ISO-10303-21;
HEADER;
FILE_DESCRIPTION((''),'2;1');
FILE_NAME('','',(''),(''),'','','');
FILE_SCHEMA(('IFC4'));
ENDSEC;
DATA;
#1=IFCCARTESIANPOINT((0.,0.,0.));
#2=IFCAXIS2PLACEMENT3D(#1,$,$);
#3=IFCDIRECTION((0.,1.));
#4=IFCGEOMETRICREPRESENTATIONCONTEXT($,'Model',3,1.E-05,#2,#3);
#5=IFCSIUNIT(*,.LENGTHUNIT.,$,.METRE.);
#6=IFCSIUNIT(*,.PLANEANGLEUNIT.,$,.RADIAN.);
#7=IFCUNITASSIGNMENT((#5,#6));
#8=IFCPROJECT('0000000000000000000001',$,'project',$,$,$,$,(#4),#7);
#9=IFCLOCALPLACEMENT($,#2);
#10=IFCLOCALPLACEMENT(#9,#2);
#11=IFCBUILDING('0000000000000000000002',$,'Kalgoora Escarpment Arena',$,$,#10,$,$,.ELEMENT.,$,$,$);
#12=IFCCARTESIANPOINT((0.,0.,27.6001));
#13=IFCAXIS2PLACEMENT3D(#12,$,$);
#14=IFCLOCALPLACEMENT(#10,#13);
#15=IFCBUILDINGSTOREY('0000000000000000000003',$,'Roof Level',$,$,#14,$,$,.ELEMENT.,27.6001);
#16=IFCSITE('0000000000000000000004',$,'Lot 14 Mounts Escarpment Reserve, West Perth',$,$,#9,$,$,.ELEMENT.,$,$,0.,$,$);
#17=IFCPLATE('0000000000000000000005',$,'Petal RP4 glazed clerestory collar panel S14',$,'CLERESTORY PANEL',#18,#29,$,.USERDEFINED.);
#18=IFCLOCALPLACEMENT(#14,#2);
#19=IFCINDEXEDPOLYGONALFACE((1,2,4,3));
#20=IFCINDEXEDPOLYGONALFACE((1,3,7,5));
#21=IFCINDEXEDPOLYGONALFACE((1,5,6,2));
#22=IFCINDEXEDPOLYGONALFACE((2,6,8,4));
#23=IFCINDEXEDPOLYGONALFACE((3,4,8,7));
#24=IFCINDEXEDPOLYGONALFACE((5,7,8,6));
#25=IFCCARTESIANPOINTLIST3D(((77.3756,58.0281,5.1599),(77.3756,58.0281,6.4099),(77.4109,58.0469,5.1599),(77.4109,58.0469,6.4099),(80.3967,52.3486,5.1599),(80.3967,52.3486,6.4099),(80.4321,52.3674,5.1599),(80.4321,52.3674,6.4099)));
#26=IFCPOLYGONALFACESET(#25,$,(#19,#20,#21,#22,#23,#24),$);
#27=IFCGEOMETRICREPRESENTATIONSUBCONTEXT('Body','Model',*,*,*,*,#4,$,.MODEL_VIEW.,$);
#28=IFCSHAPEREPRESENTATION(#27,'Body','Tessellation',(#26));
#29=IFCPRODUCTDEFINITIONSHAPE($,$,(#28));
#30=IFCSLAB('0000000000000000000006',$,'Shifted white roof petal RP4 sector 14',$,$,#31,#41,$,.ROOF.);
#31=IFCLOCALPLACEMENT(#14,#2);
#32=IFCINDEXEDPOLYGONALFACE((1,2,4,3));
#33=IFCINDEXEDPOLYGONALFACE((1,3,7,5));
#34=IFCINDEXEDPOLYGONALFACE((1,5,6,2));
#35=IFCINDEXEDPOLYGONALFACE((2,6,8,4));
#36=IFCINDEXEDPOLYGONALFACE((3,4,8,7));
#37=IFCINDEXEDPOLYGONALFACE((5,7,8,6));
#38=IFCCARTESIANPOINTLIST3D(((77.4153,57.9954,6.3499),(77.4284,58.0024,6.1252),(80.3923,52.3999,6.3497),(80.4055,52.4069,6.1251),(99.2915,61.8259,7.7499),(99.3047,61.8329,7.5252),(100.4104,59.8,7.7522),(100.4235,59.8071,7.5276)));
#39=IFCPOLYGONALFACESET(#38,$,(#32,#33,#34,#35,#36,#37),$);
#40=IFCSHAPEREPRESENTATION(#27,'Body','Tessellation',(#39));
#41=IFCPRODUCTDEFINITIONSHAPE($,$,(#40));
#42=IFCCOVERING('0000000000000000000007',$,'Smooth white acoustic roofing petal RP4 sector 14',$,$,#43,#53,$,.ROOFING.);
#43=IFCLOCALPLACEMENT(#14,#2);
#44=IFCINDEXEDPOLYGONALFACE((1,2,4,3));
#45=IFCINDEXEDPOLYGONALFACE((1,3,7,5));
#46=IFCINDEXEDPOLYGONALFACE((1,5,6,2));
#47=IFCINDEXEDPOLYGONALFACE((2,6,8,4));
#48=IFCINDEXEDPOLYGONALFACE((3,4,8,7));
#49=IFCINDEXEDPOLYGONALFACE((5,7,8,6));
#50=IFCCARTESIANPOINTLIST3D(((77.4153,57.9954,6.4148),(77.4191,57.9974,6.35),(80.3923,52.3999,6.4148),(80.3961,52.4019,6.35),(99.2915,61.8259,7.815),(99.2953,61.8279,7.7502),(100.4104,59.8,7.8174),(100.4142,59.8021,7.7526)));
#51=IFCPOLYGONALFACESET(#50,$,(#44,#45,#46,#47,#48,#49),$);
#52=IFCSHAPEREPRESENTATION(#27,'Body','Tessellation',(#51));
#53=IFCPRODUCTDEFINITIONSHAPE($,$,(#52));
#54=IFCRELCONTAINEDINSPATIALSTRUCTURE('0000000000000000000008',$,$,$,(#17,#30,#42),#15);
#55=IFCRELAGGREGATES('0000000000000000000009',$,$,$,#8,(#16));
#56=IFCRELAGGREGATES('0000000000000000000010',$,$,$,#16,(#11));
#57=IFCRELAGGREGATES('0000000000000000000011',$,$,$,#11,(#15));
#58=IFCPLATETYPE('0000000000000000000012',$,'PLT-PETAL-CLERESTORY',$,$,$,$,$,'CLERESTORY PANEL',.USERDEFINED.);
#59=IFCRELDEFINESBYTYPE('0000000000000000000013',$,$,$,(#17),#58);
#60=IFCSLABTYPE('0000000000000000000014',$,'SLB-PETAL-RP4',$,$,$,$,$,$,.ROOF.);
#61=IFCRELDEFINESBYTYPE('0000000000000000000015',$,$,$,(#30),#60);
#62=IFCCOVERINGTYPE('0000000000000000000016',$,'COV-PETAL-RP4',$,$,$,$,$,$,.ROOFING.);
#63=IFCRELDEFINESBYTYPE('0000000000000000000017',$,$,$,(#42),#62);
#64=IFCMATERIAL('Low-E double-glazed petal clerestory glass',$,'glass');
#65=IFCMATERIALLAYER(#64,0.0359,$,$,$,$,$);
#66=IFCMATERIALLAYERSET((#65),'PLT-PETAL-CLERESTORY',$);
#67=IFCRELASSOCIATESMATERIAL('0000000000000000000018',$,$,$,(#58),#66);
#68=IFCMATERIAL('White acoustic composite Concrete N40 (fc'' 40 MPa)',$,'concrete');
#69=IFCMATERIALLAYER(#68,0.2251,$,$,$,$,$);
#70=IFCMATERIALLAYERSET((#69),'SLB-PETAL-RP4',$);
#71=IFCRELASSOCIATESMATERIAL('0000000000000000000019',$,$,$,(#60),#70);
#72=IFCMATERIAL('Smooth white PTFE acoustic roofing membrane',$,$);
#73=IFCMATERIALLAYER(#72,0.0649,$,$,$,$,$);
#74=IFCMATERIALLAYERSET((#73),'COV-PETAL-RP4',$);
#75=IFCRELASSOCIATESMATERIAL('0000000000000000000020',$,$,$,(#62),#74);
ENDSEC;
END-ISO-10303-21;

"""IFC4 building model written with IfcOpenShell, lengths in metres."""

from ifc_helpers import new_model, si_unit, direction, frame, origin, origin_2d, place, context, subcontext, project, spatial, polyline, rectangle, outline, extrude, material, layer, layer_set, type_object, element, save


model = new_model("IFC4")

# Units and contexts
model_context = context("Model", 3, precision=1e-05, world=origin(), true_north=direction((0.0, 1.0)))
body_context = subcontext(model_context, "Body", "Model", "MODEL_VIEW")
ifc_project = project(units=[si_unit("LENGTHUNIT", "METRE"), si_unit("PLANEANGLEUNIT", "RADIAN")], contexts=[model_context])

# Site, building, storey
site_placement = place(None, origin())
site = spatial("IfcSite", under=ifc_project, at=site_placement, Name="Lot 14 Mounts Escarpment Reserve, West Perth", CompositionType="ELEMENT", RefElevation=0.0)
building_placement = place(site_placement, origin())
building = spatial("IfcBuilding", under=site, at=building_placement, Name="Kalgoora Escarpment Arena", CompositionType="ELEMENT")
storey_placement = place(building_placement, frame((0.0, 0.0, 27.6001)))
storey = spatial("IfcBuildingStorey", under=building, at=storey_placement, Name="Roof Level", CompositionType="ELEMENT", Elevation=27.6001)

# Plate
ifc_material_1 = material(Name="Low-E double-glazed petal clerestory glass", Category="glass")
ifc_layer_1 = layer(ifc_material_1, 0.0359)
ifc_layer_set_1 = layer_set([ifc_layer_1], Name="PLT-PETAL-CLERESTORY")
plate_type_1 = type_object("IfcPlateType", Name="PLT-PETAL-CLERESTORY", ElementType="CLERESTORY PANEL", PredefinedType="USERDEFINED", material=ifc_layer_set_1)
plate_1_placement = place(storey_placement, frame((78.9038, 55.1978, 5.1599), z_axis=(0.0, 0.0, 1.0), x_axis=(0.469626, -0.882866, 0.0)))
element("IfcPlate", 1, at=plate_1_placement, inside=storey, type_object=plate_type_1, Name="Petal RP4 glazed clerestory collar panel S14", ObjectType="CLERESTORY PANEL", PredefinedType="USERDEFINED", context=body_context, shape_type="SweptSolid", body=[
    extrude(rectangle(XDim=6.4331, YDim=0.04, at=origin_2d()), origin(), (0.0, 0.0, 1.0), 1.25),
])

# Slab
ifc_material_2 = material(Name="White acoustic composite Concrete N40 (fc' 40 MPa)", Category="concrete")
ifc_layer_2 = layer(ifc_material_2, 0.2251)
ifc_layer_set_2 = layer_set([ifc_layer_2], Name="SLB-PETAL-RP4")
slab_type = type_object("IfcSlabType", Name="SLB-PETAL-RP4", PredefinedType="ROOF", material=ifc_layer_set_2)
slab_placement = place(storey_placement, frame((77.4153, 57.9954, 6.3499), z_axis=(-0.05841, -0.031104, 0.997808), x_axis=(0.469706, -0.882823, -0.000024)))
element("IfcSlab", 2, at=slab_placement, inside=storey, type_object=slab_type, Name="Shifted white roof petal RP4 sector 14", PredefinedType="ROOF", context=body_context, shape_type="SweptSolid", body=[
    extrude(outline(polyline([(0.0, 0.0), (6.3381, 0.0), (9.2077, 21.1947), (6.8936, 21.1585), (0.0, 0.0)])), origin(), (0.0, 0.0, -1.0), 0.2251),
])

# Covering
ifc_material_3 = material(Name="Smooth white PTFE acoustic roofing membrane")
ifc_layer_3 = layer(ifc_material_3, 0.0649)
ifc_layer_set_3 = layer_set([ifc_layer_3], Name="COV-PETAL-RP4")
covering_type = type_object("IfcCoveringType", Name="COV-PETAL-RP4", PredefinedType="ROOFING", material=ifc_layer_set_3)
covering_placement = place(storey_placement, frame((77.4153, 57.9954, 6.4148), z_axis=(-0.058422, -0.031078, 0.997808), x_axis=(0.469704, -0.882824, 0.000004)))
element("IfcCovering", 3, at=covering_placement, inside=storey, type_object=covering_type, Name="Smooth white acoustic roofing petal RP4 sector 14", PredefinedType="ROOFING", context=body_context, shape_type="SweptSolid", body=[
    extrude(outline(polyline([(0.0, 0.0), (6.3381, 0.0), (9.2077, 21.1948), (6.8936, 21.1585), (0.0, 0.0)])), origin(), (0.0, 0.0, -1.0), 0.0649),
])

save(model, "model.ifc")
